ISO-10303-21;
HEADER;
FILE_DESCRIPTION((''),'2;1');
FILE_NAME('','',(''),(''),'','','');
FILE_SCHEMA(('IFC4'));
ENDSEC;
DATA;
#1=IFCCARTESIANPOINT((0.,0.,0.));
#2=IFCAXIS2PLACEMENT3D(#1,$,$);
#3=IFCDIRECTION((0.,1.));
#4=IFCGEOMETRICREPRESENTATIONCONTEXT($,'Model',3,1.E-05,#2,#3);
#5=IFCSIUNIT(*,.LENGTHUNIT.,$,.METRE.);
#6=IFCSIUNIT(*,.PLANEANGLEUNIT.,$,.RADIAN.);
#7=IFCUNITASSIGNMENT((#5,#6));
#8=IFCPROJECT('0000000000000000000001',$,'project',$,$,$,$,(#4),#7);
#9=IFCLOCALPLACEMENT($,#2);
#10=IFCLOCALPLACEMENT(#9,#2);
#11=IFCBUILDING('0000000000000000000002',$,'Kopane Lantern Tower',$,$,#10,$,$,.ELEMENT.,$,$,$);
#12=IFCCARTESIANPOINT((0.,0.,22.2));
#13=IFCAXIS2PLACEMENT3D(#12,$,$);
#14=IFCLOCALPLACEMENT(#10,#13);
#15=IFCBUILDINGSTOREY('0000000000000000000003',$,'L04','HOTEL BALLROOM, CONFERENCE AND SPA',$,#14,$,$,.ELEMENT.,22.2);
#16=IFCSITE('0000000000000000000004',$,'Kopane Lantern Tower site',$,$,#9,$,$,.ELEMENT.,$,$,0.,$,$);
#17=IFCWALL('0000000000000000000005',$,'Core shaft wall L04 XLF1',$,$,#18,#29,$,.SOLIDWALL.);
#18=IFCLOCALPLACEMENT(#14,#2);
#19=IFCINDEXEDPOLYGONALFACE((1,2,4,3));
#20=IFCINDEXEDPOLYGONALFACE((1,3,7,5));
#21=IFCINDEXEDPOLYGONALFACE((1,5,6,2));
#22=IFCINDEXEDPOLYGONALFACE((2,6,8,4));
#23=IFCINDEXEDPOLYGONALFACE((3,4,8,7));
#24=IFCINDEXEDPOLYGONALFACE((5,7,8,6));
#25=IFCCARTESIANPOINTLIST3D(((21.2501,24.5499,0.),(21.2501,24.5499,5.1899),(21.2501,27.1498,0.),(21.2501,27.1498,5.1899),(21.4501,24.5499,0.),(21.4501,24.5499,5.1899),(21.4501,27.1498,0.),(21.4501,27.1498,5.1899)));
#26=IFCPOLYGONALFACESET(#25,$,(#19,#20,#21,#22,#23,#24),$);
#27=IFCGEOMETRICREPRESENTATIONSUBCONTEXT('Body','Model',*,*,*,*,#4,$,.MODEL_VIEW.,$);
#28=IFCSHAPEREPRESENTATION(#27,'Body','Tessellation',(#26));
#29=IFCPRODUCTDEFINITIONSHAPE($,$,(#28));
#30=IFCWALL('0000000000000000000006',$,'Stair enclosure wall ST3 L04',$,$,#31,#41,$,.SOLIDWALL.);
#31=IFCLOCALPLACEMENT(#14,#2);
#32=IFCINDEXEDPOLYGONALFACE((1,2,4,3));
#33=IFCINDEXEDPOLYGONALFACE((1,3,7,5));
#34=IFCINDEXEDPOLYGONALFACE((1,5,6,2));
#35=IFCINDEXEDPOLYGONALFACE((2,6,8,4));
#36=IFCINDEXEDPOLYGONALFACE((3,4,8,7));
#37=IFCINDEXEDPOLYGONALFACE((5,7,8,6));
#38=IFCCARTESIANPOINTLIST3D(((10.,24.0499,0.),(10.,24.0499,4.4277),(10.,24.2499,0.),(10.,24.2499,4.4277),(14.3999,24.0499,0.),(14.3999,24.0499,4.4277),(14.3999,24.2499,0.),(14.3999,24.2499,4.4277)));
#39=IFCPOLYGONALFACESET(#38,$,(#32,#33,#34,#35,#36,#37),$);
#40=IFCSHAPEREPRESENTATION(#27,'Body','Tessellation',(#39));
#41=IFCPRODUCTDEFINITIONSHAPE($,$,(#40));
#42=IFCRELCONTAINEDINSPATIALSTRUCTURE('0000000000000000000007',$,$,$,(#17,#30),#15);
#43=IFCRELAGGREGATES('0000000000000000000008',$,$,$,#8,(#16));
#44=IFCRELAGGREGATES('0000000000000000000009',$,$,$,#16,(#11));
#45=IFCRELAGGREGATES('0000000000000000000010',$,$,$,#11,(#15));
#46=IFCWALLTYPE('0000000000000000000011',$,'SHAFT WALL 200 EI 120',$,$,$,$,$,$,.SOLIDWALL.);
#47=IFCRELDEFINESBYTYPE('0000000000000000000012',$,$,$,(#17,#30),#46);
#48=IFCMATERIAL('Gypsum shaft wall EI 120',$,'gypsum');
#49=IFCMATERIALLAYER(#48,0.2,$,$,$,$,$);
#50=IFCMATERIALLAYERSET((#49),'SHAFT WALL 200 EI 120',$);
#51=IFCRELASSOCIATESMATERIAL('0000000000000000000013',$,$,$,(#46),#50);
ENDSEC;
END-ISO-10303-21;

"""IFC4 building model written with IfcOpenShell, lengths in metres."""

from ifc_helpers import new_model, si_unit, direction, frame, frame_2d, origin, place, context, subcontext, project, spatial, rectangle, extrude, material, layer, layer_set, type_object, element, save


model = new_model("IFC4")

# Units and contexts
model_context = context("Model", 3, precision=1e-05, world=origin(), true_north=direction((0.0, 1.0)))
body_context = subcontext(model_context, "Body", "Model", "MODEL_VIEW")
ifc_project = project(units=[si_unit("LENGTHUNIT", "METRE"), si_unit("PLANEANGLEUNIT", "RADIAN")], contexts=[model_context])

# Site, building, storey
site_placement = place(None, origin())
site = spatial("IfcSite", under=ifc_project, at=site_placement, Name="Kopane Lantern Tower site", CompositionType="ELEMENT", RefElevation=0.0)
building_placement = place(site_placement, origin())
building = spatial("IfcBuilding", under=site, at=building_placement, Name="Kopane Lantern Tower", CompositionType="ELEMENT")
storey_placement = place(building_placement, frame((0.0, 0.0, 22.2)))
storey = spatial("IfcBuildingStorey", under=building, at=storey_placement, Name="L04", Description="HOTEL BALLROOM, CONFERENCE AND SPA", CompositionType="ELEMENT", Elevation=22.2)

# Shared definitions
ifc_material_1 = material(Name="Gypsum shaft wall EI 120", Category="gypsum")
ifc_layer_1 = layer(ifc_material_1, 0.2)
ifc_layer_set_1 = layer_set([ifc_layer_1], Name="SHAFT WALL 200 EI 120")
wall_type_1 = type_object("IfcWallType", Name="SHAFT WALL 200 EI 120", PredefinedType="SOLIDWALL", material=ifc_layer_set_1)

# Walls
wall_1_placement = place(storey_placement, frame((21.3501, 24.55, 0.0), z_axis=(0.0, 0.0, 1.0), x_axis=(0.0, 1.0, 0.0)))
element("IfcWall", 1, at=wall_1_placement, inside=storey, type_object=wall_type_1, Name="Core shaft wall L04 XLF1", PredefinedType="SOLIDWALL", context=body_context, shape_type="SweptSolid", body=[
    extrude(rectangle(XDim=2.5999, YDim=0.2, at=frame_2d((1.2998, 0.0))), origin(), (0.0, 0.0, 1.0), 5.1899),
])
wall_2_placement = place(storey_placement, frame((10.0, 24.1499, 0.0), z_axis=(0.0, 0.0, 1.0), x_axis=(1.0, 0.0, 0.0)))
element("IfcWall", 2, at=wall_2_placement, inside=storey, type_object=wall_type_1, Name="Stair enclosure wall ST3 L04", PredefinedType="SOLIDWALL", context=body_context, shape_type="SweptSolid", body=[
    extrude(rectangle(XDim=4.3999, YDim=0.2, at=frame_2d((2.2, 0.0))), origin(), (0.0, 0.0, 1.0), 4.4277),
])

save(model, "model.ifc")
